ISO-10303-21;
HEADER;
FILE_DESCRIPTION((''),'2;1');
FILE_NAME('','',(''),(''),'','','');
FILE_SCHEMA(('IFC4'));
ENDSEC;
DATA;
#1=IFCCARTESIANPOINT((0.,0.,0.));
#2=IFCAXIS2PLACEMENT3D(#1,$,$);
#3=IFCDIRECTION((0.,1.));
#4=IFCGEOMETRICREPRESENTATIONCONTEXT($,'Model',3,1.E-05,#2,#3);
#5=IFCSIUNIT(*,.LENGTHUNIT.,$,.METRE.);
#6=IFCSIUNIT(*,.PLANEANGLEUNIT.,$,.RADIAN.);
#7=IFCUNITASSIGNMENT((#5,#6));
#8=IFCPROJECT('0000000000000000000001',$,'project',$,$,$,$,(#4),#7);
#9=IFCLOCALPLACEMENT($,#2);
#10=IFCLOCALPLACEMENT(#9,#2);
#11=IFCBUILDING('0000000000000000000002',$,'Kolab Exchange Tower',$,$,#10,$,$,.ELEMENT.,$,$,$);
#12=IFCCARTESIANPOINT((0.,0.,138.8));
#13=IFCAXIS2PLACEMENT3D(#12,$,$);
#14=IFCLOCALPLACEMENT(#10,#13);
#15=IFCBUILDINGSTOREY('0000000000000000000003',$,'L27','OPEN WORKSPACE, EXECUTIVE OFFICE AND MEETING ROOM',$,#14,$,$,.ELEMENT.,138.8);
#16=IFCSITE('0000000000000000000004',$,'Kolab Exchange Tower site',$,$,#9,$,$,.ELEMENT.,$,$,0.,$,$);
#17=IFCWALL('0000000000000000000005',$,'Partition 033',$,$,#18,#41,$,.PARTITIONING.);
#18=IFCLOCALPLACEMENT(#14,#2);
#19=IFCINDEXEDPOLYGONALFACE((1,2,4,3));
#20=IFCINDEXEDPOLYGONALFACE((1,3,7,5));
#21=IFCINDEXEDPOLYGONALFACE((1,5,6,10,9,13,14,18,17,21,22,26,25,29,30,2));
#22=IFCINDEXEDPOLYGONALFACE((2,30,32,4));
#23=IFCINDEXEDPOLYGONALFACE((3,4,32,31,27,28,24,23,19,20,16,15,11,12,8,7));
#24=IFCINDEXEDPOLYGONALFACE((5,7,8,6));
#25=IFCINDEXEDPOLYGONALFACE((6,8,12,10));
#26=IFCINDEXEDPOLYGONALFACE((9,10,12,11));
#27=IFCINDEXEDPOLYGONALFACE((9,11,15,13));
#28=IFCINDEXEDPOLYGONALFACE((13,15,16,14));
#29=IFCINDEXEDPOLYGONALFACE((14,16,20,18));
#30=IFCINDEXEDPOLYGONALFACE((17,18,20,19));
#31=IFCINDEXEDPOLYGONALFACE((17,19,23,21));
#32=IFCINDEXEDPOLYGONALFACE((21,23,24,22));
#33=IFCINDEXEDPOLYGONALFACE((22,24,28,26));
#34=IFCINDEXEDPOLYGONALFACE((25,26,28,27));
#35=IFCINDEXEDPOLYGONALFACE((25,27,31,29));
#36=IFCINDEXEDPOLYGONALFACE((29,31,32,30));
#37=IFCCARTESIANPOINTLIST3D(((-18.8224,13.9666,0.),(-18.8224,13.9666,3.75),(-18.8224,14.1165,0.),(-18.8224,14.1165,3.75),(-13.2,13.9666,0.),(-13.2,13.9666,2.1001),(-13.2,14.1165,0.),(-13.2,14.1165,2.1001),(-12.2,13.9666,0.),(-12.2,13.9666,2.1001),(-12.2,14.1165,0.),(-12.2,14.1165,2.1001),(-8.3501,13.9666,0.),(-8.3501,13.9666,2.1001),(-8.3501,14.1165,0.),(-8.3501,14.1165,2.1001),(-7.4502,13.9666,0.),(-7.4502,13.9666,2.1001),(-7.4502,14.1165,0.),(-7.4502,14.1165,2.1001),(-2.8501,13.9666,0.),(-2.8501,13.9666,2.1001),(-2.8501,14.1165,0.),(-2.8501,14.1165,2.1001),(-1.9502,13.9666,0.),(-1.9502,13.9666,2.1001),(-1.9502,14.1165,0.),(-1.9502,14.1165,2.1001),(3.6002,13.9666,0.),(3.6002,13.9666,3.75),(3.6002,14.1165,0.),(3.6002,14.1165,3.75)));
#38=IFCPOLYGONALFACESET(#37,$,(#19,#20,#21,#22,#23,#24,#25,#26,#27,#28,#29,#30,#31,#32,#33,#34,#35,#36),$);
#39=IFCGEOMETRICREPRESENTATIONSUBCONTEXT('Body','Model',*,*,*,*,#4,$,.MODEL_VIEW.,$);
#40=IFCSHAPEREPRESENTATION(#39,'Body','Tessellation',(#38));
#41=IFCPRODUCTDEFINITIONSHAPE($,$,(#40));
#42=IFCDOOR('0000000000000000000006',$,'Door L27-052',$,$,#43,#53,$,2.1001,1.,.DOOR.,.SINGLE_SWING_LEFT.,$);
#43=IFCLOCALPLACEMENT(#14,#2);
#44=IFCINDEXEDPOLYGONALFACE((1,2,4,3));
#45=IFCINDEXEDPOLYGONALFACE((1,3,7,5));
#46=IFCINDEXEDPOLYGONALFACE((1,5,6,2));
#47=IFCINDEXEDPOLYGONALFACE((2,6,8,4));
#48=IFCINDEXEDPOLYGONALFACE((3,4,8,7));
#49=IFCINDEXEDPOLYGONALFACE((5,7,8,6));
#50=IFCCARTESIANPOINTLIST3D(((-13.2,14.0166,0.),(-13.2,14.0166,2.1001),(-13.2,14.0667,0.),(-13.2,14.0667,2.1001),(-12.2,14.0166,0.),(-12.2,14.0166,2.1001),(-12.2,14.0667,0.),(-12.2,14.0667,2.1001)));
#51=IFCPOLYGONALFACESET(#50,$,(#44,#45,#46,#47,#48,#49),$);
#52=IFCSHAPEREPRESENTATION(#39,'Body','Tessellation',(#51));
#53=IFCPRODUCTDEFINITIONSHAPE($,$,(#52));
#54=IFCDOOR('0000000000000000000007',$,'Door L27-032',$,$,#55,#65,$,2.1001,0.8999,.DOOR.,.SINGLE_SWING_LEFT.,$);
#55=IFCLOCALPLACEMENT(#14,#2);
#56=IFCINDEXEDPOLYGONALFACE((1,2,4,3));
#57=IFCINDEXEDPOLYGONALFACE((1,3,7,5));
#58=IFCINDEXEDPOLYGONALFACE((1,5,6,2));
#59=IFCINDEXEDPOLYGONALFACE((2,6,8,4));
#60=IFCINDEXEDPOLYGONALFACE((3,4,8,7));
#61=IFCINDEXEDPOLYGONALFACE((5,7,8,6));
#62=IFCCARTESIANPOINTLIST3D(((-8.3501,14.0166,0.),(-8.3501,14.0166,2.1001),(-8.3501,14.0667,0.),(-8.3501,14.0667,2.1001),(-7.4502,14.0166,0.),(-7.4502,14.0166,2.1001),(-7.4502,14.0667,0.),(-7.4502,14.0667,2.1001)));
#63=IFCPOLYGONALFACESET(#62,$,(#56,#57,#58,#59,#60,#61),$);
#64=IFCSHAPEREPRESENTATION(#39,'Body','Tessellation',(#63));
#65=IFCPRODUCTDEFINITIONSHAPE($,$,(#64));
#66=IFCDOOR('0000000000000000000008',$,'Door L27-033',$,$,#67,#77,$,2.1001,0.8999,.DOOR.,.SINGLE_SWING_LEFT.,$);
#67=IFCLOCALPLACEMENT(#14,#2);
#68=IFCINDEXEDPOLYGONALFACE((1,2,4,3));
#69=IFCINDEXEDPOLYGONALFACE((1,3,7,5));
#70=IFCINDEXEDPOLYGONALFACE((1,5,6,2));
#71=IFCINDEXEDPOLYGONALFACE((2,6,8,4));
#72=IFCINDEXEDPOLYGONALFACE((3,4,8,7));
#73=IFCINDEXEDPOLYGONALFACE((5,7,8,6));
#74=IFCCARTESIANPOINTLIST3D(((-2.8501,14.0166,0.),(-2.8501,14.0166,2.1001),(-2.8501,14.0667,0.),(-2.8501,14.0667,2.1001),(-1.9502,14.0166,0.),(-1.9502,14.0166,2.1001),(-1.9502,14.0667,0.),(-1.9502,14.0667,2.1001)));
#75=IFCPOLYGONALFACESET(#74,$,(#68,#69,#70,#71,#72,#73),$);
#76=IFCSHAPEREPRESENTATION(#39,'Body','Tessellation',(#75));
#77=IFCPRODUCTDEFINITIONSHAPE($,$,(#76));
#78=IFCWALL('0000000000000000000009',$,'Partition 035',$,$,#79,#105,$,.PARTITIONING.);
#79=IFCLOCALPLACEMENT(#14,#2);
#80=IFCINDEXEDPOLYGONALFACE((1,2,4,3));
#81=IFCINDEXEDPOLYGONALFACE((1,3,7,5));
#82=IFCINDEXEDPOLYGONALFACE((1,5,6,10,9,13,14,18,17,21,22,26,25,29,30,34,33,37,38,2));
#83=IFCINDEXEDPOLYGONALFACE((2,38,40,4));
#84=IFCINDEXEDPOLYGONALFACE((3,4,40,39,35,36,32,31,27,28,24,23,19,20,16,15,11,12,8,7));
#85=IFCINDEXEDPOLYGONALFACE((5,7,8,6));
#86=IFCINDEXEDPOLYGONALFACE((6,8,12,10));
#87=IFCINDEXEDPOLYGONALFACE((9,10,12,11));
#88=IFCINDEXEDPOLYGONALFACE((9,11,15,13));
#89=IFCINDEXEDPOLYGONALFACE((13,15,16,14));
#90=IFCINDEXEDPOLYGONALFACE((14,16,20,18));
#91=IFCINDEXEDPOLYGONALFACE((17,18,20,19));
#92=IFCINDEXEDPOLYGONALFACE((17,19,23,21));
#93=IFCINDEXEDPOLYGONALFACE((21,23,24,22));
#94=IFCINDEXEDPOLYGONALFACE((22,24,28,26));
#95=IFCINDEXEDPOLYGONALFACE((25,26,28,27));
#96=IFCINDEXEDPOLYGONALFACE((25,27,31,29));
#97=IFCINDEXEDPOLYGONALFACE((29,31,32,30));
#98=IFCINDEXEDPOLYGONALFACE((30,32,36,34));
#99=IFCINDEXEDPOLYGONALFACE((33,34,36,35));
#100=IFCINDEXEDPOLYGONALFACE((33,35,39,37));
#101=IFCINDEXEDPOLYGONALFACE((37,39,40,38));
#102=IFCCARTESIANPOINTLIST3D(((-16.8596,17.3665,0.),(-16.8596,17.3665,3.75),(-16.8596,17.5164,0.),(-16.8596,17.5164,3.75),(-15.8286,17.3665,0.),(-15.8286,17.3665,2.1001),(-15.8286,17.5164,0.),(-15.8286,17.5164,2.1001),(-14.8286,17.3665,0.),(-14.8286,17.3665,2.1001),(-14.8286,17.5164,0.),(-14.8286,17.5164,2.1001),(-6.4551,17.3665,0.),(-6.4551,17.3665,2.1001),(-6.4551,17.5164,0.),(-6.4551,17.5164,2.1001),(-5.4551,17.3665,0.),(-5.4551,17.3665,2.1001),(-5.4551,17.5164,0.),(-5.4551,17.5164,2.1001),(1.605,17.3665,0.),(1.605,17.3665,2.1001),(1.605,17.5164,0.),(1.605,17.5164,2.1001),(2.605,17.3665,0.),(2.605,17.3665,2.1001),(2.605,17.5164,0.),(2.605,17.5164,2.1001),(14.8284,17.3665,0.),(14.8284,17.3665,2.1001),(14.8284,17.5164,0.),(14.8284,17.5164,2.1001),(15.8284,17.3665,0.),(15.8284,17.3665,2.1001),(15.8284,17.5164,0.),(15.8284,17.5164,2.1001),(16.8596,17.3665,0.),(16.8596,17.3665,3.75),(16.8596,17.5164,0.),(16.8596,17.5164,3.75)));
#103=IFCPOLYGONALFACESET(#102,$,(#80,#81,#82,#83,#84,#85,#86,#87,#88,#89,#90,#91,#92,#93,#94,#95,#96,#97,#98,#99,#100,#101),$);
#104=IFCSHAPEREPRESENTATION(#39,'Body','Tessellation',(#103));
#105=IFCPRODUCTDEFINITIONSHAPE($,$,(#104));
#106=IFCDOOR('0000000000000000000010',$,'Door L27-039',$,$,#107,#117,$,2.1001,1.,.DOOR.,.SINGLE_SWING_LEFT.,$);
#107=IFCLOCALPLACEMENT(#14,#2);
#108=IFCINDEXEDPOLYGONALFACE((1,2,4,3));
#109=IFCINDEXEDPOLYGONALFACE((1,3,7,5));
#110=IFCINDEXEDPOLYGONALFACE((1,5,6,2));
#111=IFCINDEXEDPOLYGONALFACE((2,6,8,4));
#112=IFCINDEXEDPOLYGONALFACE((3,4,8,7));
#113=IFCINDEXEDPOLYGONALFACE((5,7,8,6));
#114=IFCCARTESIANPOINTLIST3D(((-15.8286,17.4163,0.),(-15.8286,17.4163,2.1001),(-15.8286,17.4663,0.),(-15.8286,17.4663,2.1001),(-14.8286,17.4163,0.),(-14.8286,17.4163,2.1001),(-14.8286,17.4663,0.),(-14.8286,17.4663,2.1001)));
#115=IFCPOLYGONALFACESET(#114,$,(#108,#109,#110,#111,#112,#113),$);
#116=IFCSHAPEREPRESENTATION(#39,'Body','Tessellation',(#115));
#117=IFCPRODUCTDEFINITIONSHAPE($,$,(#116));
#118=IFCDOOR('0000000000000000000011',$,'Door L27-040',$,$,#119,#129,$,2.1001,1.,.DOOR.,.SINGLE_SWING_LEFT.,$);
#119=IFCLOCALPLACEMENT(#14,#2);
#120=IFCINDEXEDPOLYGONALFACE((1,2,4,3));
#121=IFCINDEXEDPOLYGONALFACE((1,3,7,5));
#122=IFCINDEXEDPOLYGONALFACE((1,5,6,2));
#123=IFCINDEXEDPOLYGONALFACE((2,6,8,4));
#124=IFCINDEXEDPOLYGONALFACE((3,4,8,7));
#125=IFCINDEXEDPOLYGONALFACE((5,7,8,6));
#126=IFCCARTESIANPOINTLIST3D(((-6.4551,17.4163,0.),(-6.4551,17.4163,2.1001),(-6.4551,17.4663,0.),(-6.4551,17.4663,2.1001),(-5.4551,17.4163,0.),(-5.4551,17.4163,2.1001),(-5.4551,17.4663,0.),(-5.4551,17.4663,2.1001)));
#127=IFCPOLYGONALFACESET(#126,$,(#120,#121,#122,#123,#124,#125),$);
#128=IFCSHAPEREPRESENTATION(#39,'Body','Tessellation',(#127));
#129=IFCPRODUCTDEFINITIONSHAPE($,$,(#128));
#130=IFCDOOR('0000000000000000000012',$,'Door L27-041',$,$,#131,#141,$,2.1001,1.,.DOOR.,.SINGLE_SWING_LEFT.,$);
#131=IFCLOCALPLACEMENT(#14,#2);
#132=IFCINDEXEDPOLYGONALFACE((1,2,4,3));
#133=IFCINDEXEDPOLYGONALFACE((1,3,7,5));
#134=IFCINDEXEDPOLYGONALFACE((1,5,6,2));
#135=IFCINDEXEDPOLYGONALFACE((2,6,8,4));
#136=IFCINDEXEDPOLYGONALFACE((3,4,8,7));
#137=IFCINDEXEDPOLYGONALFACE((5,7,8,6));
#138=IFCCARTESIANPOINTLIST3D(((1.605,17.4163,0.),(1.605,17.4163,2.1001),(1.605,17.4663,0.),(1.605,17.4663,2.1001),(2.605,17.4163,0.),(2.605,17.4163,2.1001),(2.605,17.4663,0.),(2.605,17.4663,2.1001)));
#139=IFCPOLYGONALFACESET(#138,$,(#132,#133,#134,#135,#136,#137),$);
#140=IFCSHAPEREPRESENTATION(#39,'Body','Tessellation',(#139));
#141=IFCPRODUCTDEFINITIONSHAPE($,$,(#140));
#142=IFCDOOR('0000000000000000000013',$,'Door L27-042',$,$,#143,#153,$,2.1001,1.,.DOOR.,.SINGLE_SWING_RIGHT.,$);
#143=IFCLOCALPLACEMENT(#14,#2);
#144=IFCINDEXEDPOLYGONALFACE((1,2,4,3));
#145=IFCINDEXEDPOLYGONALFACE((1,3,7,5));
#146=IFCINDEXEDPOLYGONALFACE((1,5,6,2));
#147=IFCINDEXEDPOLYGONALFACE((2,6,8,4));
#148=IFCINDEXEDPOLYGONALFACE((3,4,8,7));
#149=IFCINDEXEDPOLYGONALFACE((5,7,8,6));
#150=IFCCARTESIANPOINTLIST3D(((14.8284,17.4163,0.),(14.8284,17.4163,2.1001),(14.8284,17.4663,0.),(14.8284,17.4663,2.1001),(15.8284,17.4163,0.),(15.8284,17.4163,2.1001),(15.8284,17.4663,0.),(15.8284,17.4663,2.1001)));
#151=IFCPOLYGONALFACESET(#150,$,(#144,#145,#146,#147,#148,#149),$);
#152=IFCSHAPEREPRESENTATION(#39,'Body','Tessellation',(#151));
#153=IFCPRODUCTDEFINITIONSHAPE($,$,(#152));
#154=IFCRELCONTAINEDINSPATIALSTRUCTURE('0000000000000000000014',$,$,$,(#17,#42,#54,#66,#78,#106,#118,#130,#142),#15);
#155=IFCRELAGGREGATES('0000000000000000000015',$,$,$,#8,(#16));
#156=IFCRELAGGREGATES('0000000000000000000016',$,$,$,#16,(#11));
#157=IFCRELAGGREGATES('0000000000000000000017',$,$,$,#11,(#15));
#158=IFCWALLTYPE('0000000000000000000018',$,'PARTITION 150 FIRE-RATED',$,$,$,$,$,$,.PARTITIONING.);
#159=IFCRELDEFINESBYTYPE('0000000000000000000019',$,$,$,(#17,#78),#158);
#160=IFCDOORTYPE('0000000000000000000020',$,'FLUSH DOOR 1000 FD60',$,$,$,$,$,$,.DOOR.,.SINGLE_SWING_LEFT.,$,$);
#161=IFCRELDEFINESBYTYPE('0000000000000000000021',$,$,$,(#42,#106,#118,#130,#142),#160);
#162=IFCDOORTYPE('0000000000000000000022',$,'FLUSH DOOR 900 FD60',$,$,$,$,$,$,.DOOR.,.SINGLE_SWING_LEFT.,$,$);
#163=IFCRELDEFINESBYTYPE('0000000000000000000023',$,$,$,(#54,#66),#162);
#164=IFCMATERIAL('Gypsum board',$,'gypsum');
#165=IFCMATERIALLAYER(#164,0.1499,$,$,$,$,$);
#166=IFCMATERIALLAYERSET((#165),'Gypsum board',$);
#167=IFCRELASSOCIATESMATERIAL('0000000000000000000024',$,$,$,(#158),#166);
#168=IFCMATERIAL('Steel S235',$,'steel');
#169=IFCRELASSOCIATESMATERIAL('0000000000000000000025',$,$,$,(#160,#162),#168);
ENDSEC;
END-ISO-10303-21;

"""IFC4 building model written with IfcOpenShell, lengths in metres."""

from ifc_helpers import new_model, si_unit, direction, frame, frame_2d, origin, place, context, subcontext, project, spatial, rectangle, extrude, material, layer, layer_set, type_object, element, fill, save


model = new_model("IFC4")

# Units and contexts
model_context = context("Model", 3, precision=1e-05, world=origin(), true_north=direction((0.0, 1.0)))
body_context = subcontext(model_context, "Body", "Model", "MODEL_VIEW")
ifc_project = project(units=[si_unit("LENGTHUNIT", "METRE"), si_unit("PLANEANGLEUNIT", "RADIAN")], contexts=[model_context])

# Site, building, storey
site_placement = place(None, origin())
site = spatial("IfcSite", under=ifc_project, at=site_placement, Name="Kolab Exchange Tower site", CompositionType="ELEMENT", RefElevation=0.0)
building_placement = place(site_placement, origin())
building = spatial("IfcBuilding", under=site, at=building_placement, Name="Kolab Exchange Tower", CompositionType="ELEMENT")
storey_placement = place(building_placement, frame((0.0, 0.0, 138.8)))
storey = spatial("IfcBuildingStorey", under=building, at=storey_placement, Name="L27", Description="OPEN WORKSPACE, EXECUTIVE OFFICE AND MEETING ROOM", CompositionType="ELEMENT", Elevation=138.8)

# Shared definitions
ifc_material_1 = material(Name="Gypsum board", Category="gypsum")

# Walls, openings, doors
ifc_layer_1 = layer(ifc_material_1, 0.1499)
ifc_layer_set_1 = layer_set([ifc_layer_1], Name="Gypsum board")
wall_type_1 = type_object("IfcWallType", Name="PARTITION 150 FIRE-RATED", PredefinedType="PARTITIONING", material=ifc_layer_set_1)
wall_1_placement = place(storey_placement, frame((-18.8225, 14.0415, 0.0), z_axis=(0.0, 0.0, 1.0), x_axis=(1.0, 0.0, 0.0)))
wall_1 = element("IfcWall", 1, at=wall_1_placement, inside=storey, type_object=wall_type_1, Name="Partition 033", PredefinedType="PARTITIONING", context=body_context, shape_type="SweptSolid", body=[
    extrude(rectangle(XDim=22.4226, YDim=0.1499, at=frame_2d((11.2114, 0.0))), origin(), (0.0, 0.0, 1.0), 3.75),
])
opening_1_placement = place(wall_1_placement, frame((10.4724, 0.0, 0.0)))
opening_1 = element("IfcOpeningElement", 2, at=opening_1_placement, cuts=wall_1, PredefinedType="OPENING", context=body_context, shape_type="SweptSolid", body=[
    extrude(rectangle(XDim=0.8999, YDim=2.1001, at=frame_2d((0.45, 1.05))), frame((0.0, 0.085, 0.0), z_axis=(0.0, -1.0, 0.0), x_axis=(1.0, 0.0, 0.0)), (0.0, 0.0, 1.0), 0.1699),
])
opening_2_placement = place(wall_1_placement, frame((15.9724, 0.0, 0.0)))
opening_2 = element("IfcOpeningElement", 3, at=opening_2_placement, cuts=wall_1, PredefinedType="OPENING", context=body_context, shape_type="SweptSolid", body=[
    extrude(rectangle(XDim=0.8999, YDim=2.1001, at=frame_2d((0.45, 1.05))), frame((0.0, 0.085, 0.0), z_axis=(0.0, -1.0, 0.0), x_axis=(1.0, 0.0, 0.0)), (0.0, 0.0, 1.0), 0.1699),
])
opening_3_placement = place(wall_1_placement, frame((5.6226, 0.0, 0.0)))
opening_3 = element("IfcOpeningElement", 4, at=opening_3_placement, cuts=wall_1, PredefinedType="OPENING", context=body_context, shape_type="SweptSolid", body=[
    extrude(rectangle(XDim=1.0, YDim=2.1001, at=frame_2d((0.5, 1.05))), frame((0.0, 0.085, 0.0), z_axis=(0.0, -1.0, 0.0), x_axis=(1.0, 0.0, 0.0)), (0.0, 0.0, 1.0), 0.1699),
])
ifc_material_2 = material(Name="Steel S235", Category="steel")
door_type_1 = type_object("IfcDoorType", Name="FLUSH DOOR 1000 FD60", OperationType="SINGLE_SWING_LEFT", PredefinedType="DOOR", material=ifc_material_2)
door_1_placement = place(opening_3_placement, frame((1.0, 0.0, 0.0), z_axis=(0.0, 0.0, 1.0), x_axis=(-1.0, 0.0, 0.0)))
door_1 = element("IfcDoor", 5, at=door_1_placement, inside=storey, type_object=door_type_1, Name="Door L27-052", OperationType="SINGLE_SWING_LEFT", OverallHeight=2.1001, OverallWidth=1.0, PredefinedType="DOOR", context=body_context, shape_type="SweptSolid", body=[
    extrude(rectangle(XDim=1.0, YDim=2.1001, at=frame_2d((0.5, 1.05))), frame((0.0, 0.0249, 0.0), z_axis=(0.0, -1.0, 0.0), x_axis=(1.0, 0.0, 0.0)), (0.0, 0.0, 1.0), 0.05),
])
fill(opening_3, door_1)
door_type_2 = type_object("IfcDoorType", Name="FLUSH DOOR 900 FD60", OperationType="SINGLE_SWING_LEFT", PredefinedType="DOOR", material=ifc_material_2)
door_2_placement = place(opening_1_placement, frame((0.8999, 0.0, 0.0), z_axis=(0.0, 0.0, 1.0), x_axis=(-1.0, 0.0, 0.0)))
door_2 = element("IfcDoor", 6, at=door_2_placement, inside=storey, type_object=door_type_2, Name="Door L27-032", OperationType="SINGLE_SWING_LEFT", OverallHeight=2.1001, OverallWidth=0.8999, PredefinedType="DOOR", context=body_context, shape_type="SweptSolid", body=[
    extrude(rectangle(XDim=0.8999, YDim=2.1001, at=frame_2d((0.45, 1.05))), frame((0.0, 0.0249, 0.0), z_axis=(0.0, -1.0, 0.0), x_axis=(1.0, 0.0, 0.0)), (0.0, 0.0, 1.0), 0.05),
])
fill(opening_1, door_2)
door_3_placement = place(opening_2_placement, frame((0.8999, 0.0, 0.0), z_axis=(0.0, 0.0, 1.0), x_axis=(-1.0, 0.0, 0.0)))
door_3 = element("IfcDoor", 7, at=door_3_placement, inside=storey, type_object=door_type_2, Name="Door L27-033", OperationType="SINGLE_SWING_LEFT", OverallHeight=2.1001, OverallWidth=0.8999, PredefinedType="DOOR", context=body_context, shape_type="SweptSolid", body=[
    extrude(rectangle(XDim=0.8999, YDim=2.1001, at=frame_2d((0.45, 1.05))), frame((0.0, 0.0249, 0.0), z_axis=(0.0, -1.0, 0.0), x_axis=(1.0, 0.0, 0.0)), (0.0, 0.0, 1.0), 0.05),
])
fill(opening_2, door_3)
wall_2_placement = place(storey_placement, frame((-16.8596, 17.4414, 0.0), z_axis=(0.0, 0.0, 1.0), x_axis=(1.0, 0.0, 0.0)))
wall_2 = element("IfcWall", 8, at=wall_2_placement, inside=storey, type_object=wall_type_1, Name="Partition 035", PredefinedType="PARTITIONING", context=body_context, shape_type="SweptSolid", body=[
    extrude(rectangle(XDim=33.7192, YDim=0.1499, at=frame_2d((16.8596, 0.0))), origin(), (0.0, 0.0, 1.0), 3.75),
])
opening_4_placement = place(wall_2_placement, frame((1.031, 0.0, 0.0)))
opening_4 = element("IfcOpeningElement", 9, at=opening_4_placement, cuts=wall_2, PredefinedType="OPENING", context=body_context, shape_type="SweptSolid", body=[
    extrude(rectangle(XDim=1.0, YDim=2.1001, at=frame_2d((0.5, 1.05))), frame((0.0, 0.085, 0.0), z_axis=(0.0, -1.0, 0.0), x_axis=(1.0, 0.0, 0.0)), (0.0, 0.0, 1.0), 0.1699),
])
opening_5_placement = place(wall_2_placement, frame((10.4045, 0.0, 0.0)))
opening_5 = element("IfcOpeningElement", 10, at=opening_5_placement, cuts=wall_2, PredefinedType="OPENING", context=body_context, shape_type="SweptSolid", body=[
    extrude(rectangle(XDim=1.0, YDim=2.1001, at=frame_2d((0.5, 1.05))), frame((0.0, 0.085, 0.0), z_axis=(0.0, -1.0, 0.0), x_axis=(1.0, 0.0, 0.0)), (0.0, 0.0, 1.0), 0.1699),
])
opening_6_placement = place(wall_2_placement, frame((18.4646, 0.0, 0.0)))
opening_6 = element("IfcOpeningElement", 11, at=opening_6_placement, cuts=wall_2, PredefinedType="OPENING", context=body_context, shape_type="SweptSolid", body=[
    extrude(rectangle(XDim=1.0, YDim=2.1001, at=frame_2d((0.5, 1.05))), frame((0.0, 0.085, 0.0), z_axis=(0.0, -1.0, 0.0), x_axis=(1.0, 0.0, 0.0)), (0.0, 0.0, 1.0), 0.1699),
])
opening_7_placement = place(wall_2_placement, frame((31.688, 0.0, 0.0)))
opening_7 = element("IfcOpeningElement", 12, at=opening_7_placement, cuts=wall_2, PredefinedType="OPENING", context=body_context, shape_type="SweptSolid", body=[
    extrude(rectangle(XDim=1.0, YDim=2.1001, at=frame_2d((0.5, 1.05))), frame((0.0, 0.085, 0.0), z_axis=(0.0, -1.0, 0.0), x_axis=(1.0, 0.0, 0.0)), (0.0, 0.0, 1.0), 0.1699),
])
door_4_placement = place(opening_4_placement, origin())
door_4 = element("IfcDoor", 13, at=door_4_placement, inside=storey, type_object=door_type_1, Name="Door L27-039", OperationType="SINGLE_SWING_LEFT", OverallHeight=2.1001, OverallWidth=1.0, PredefinedType="DOOR", context=body_context, shape_type="SweptSolid", body=[
    extrude(rectangle(XDim=1.0, YDim=2.1001, at=frame_2d((0.5, 1.05))), frame((0.0, 0.0249, 0.0), z_axis=(0.0, -1.0, 0.0), x_axis=(1.0, 0.0, 0.0)), (0.0, 0.0, 1.0), 0.05),
])
fill(opening_4, door_4)
door_5_placement = place(opening_5_placement, origin())
door_5 = element("IfcDoor", 14, at=door_5_placement, inside=storey, type_object=door_type_1, Name="Door L27-040", OperationType="SINGLE_SWING_LEFT", OverallHeight=2.1001, OverallWidth=1.0, PredefinedType="DOOR", context=body_context, shape_type="SweptSolid", body=[
    extrude(rectangle(XDim=1.0, YDim=2.1001, at=frame_2d((0.5, 1.05))), frame((0.0, 0.0249, 0.0), z_axis=(0.0, -1.0, 0.0), x_axis=(1.0, 0.0, 0.0)), (0.0, 0.0, 1.0), 0.05),
])
fill(opening_5, door_5)
door_6_placement = place(opening_6_placement, origin())
door_6 = element("IfcDoor", 15, at=door_6_placement, inside=storey, type_object=door_type_1, Name="Door L27-041", OperationType="SINGLE_SWING_LEFT", OverallHeight=2.1001, OverallWidth=1.0, PredefinedType="DOOR", context=body_context, shape_type="SweptSolid", body=[
    extrude(rectangle(XDim=1.0, YDim=2.1001, at=frame_2d((0.5, 1.05))), frame((0.0, 0.0249, 0.0), z_axis=(0.0, -1.0, 0.0), x_axis=(1.0, 0.0, 0.0)), (0.0, 0.0, 1.0), 0.05),
])
fill(opening_6, door_6)
door_7_placement = place(opening_7_placement, origin())
door_7 = element("IfcDoor", 16, at=door_7_placement, inside=storey, type_object=door_type_1, Name="Door L27-042", OperationType="SINGLE_SWING_RIGHT", OverallHeight=2.1001, OverallWidth=1.0, PredefinedType="DOOR", context=body_context, shape_type="SweptSolid", body=[
    extrude(rectangle(XDim=1.0, YDim=2.1001, at=frame_2d((0.5, 1.05))), frame((0.0, 0.0249, 0.0), z_axis=(0.0, -1.0, 0.0), x_axis=(1.0, 0.0, 0.0)), (0.0, 0.0, 1.0), 0.05),
])
fill(opening_7, door_7)

save(model, "model.ifc")
